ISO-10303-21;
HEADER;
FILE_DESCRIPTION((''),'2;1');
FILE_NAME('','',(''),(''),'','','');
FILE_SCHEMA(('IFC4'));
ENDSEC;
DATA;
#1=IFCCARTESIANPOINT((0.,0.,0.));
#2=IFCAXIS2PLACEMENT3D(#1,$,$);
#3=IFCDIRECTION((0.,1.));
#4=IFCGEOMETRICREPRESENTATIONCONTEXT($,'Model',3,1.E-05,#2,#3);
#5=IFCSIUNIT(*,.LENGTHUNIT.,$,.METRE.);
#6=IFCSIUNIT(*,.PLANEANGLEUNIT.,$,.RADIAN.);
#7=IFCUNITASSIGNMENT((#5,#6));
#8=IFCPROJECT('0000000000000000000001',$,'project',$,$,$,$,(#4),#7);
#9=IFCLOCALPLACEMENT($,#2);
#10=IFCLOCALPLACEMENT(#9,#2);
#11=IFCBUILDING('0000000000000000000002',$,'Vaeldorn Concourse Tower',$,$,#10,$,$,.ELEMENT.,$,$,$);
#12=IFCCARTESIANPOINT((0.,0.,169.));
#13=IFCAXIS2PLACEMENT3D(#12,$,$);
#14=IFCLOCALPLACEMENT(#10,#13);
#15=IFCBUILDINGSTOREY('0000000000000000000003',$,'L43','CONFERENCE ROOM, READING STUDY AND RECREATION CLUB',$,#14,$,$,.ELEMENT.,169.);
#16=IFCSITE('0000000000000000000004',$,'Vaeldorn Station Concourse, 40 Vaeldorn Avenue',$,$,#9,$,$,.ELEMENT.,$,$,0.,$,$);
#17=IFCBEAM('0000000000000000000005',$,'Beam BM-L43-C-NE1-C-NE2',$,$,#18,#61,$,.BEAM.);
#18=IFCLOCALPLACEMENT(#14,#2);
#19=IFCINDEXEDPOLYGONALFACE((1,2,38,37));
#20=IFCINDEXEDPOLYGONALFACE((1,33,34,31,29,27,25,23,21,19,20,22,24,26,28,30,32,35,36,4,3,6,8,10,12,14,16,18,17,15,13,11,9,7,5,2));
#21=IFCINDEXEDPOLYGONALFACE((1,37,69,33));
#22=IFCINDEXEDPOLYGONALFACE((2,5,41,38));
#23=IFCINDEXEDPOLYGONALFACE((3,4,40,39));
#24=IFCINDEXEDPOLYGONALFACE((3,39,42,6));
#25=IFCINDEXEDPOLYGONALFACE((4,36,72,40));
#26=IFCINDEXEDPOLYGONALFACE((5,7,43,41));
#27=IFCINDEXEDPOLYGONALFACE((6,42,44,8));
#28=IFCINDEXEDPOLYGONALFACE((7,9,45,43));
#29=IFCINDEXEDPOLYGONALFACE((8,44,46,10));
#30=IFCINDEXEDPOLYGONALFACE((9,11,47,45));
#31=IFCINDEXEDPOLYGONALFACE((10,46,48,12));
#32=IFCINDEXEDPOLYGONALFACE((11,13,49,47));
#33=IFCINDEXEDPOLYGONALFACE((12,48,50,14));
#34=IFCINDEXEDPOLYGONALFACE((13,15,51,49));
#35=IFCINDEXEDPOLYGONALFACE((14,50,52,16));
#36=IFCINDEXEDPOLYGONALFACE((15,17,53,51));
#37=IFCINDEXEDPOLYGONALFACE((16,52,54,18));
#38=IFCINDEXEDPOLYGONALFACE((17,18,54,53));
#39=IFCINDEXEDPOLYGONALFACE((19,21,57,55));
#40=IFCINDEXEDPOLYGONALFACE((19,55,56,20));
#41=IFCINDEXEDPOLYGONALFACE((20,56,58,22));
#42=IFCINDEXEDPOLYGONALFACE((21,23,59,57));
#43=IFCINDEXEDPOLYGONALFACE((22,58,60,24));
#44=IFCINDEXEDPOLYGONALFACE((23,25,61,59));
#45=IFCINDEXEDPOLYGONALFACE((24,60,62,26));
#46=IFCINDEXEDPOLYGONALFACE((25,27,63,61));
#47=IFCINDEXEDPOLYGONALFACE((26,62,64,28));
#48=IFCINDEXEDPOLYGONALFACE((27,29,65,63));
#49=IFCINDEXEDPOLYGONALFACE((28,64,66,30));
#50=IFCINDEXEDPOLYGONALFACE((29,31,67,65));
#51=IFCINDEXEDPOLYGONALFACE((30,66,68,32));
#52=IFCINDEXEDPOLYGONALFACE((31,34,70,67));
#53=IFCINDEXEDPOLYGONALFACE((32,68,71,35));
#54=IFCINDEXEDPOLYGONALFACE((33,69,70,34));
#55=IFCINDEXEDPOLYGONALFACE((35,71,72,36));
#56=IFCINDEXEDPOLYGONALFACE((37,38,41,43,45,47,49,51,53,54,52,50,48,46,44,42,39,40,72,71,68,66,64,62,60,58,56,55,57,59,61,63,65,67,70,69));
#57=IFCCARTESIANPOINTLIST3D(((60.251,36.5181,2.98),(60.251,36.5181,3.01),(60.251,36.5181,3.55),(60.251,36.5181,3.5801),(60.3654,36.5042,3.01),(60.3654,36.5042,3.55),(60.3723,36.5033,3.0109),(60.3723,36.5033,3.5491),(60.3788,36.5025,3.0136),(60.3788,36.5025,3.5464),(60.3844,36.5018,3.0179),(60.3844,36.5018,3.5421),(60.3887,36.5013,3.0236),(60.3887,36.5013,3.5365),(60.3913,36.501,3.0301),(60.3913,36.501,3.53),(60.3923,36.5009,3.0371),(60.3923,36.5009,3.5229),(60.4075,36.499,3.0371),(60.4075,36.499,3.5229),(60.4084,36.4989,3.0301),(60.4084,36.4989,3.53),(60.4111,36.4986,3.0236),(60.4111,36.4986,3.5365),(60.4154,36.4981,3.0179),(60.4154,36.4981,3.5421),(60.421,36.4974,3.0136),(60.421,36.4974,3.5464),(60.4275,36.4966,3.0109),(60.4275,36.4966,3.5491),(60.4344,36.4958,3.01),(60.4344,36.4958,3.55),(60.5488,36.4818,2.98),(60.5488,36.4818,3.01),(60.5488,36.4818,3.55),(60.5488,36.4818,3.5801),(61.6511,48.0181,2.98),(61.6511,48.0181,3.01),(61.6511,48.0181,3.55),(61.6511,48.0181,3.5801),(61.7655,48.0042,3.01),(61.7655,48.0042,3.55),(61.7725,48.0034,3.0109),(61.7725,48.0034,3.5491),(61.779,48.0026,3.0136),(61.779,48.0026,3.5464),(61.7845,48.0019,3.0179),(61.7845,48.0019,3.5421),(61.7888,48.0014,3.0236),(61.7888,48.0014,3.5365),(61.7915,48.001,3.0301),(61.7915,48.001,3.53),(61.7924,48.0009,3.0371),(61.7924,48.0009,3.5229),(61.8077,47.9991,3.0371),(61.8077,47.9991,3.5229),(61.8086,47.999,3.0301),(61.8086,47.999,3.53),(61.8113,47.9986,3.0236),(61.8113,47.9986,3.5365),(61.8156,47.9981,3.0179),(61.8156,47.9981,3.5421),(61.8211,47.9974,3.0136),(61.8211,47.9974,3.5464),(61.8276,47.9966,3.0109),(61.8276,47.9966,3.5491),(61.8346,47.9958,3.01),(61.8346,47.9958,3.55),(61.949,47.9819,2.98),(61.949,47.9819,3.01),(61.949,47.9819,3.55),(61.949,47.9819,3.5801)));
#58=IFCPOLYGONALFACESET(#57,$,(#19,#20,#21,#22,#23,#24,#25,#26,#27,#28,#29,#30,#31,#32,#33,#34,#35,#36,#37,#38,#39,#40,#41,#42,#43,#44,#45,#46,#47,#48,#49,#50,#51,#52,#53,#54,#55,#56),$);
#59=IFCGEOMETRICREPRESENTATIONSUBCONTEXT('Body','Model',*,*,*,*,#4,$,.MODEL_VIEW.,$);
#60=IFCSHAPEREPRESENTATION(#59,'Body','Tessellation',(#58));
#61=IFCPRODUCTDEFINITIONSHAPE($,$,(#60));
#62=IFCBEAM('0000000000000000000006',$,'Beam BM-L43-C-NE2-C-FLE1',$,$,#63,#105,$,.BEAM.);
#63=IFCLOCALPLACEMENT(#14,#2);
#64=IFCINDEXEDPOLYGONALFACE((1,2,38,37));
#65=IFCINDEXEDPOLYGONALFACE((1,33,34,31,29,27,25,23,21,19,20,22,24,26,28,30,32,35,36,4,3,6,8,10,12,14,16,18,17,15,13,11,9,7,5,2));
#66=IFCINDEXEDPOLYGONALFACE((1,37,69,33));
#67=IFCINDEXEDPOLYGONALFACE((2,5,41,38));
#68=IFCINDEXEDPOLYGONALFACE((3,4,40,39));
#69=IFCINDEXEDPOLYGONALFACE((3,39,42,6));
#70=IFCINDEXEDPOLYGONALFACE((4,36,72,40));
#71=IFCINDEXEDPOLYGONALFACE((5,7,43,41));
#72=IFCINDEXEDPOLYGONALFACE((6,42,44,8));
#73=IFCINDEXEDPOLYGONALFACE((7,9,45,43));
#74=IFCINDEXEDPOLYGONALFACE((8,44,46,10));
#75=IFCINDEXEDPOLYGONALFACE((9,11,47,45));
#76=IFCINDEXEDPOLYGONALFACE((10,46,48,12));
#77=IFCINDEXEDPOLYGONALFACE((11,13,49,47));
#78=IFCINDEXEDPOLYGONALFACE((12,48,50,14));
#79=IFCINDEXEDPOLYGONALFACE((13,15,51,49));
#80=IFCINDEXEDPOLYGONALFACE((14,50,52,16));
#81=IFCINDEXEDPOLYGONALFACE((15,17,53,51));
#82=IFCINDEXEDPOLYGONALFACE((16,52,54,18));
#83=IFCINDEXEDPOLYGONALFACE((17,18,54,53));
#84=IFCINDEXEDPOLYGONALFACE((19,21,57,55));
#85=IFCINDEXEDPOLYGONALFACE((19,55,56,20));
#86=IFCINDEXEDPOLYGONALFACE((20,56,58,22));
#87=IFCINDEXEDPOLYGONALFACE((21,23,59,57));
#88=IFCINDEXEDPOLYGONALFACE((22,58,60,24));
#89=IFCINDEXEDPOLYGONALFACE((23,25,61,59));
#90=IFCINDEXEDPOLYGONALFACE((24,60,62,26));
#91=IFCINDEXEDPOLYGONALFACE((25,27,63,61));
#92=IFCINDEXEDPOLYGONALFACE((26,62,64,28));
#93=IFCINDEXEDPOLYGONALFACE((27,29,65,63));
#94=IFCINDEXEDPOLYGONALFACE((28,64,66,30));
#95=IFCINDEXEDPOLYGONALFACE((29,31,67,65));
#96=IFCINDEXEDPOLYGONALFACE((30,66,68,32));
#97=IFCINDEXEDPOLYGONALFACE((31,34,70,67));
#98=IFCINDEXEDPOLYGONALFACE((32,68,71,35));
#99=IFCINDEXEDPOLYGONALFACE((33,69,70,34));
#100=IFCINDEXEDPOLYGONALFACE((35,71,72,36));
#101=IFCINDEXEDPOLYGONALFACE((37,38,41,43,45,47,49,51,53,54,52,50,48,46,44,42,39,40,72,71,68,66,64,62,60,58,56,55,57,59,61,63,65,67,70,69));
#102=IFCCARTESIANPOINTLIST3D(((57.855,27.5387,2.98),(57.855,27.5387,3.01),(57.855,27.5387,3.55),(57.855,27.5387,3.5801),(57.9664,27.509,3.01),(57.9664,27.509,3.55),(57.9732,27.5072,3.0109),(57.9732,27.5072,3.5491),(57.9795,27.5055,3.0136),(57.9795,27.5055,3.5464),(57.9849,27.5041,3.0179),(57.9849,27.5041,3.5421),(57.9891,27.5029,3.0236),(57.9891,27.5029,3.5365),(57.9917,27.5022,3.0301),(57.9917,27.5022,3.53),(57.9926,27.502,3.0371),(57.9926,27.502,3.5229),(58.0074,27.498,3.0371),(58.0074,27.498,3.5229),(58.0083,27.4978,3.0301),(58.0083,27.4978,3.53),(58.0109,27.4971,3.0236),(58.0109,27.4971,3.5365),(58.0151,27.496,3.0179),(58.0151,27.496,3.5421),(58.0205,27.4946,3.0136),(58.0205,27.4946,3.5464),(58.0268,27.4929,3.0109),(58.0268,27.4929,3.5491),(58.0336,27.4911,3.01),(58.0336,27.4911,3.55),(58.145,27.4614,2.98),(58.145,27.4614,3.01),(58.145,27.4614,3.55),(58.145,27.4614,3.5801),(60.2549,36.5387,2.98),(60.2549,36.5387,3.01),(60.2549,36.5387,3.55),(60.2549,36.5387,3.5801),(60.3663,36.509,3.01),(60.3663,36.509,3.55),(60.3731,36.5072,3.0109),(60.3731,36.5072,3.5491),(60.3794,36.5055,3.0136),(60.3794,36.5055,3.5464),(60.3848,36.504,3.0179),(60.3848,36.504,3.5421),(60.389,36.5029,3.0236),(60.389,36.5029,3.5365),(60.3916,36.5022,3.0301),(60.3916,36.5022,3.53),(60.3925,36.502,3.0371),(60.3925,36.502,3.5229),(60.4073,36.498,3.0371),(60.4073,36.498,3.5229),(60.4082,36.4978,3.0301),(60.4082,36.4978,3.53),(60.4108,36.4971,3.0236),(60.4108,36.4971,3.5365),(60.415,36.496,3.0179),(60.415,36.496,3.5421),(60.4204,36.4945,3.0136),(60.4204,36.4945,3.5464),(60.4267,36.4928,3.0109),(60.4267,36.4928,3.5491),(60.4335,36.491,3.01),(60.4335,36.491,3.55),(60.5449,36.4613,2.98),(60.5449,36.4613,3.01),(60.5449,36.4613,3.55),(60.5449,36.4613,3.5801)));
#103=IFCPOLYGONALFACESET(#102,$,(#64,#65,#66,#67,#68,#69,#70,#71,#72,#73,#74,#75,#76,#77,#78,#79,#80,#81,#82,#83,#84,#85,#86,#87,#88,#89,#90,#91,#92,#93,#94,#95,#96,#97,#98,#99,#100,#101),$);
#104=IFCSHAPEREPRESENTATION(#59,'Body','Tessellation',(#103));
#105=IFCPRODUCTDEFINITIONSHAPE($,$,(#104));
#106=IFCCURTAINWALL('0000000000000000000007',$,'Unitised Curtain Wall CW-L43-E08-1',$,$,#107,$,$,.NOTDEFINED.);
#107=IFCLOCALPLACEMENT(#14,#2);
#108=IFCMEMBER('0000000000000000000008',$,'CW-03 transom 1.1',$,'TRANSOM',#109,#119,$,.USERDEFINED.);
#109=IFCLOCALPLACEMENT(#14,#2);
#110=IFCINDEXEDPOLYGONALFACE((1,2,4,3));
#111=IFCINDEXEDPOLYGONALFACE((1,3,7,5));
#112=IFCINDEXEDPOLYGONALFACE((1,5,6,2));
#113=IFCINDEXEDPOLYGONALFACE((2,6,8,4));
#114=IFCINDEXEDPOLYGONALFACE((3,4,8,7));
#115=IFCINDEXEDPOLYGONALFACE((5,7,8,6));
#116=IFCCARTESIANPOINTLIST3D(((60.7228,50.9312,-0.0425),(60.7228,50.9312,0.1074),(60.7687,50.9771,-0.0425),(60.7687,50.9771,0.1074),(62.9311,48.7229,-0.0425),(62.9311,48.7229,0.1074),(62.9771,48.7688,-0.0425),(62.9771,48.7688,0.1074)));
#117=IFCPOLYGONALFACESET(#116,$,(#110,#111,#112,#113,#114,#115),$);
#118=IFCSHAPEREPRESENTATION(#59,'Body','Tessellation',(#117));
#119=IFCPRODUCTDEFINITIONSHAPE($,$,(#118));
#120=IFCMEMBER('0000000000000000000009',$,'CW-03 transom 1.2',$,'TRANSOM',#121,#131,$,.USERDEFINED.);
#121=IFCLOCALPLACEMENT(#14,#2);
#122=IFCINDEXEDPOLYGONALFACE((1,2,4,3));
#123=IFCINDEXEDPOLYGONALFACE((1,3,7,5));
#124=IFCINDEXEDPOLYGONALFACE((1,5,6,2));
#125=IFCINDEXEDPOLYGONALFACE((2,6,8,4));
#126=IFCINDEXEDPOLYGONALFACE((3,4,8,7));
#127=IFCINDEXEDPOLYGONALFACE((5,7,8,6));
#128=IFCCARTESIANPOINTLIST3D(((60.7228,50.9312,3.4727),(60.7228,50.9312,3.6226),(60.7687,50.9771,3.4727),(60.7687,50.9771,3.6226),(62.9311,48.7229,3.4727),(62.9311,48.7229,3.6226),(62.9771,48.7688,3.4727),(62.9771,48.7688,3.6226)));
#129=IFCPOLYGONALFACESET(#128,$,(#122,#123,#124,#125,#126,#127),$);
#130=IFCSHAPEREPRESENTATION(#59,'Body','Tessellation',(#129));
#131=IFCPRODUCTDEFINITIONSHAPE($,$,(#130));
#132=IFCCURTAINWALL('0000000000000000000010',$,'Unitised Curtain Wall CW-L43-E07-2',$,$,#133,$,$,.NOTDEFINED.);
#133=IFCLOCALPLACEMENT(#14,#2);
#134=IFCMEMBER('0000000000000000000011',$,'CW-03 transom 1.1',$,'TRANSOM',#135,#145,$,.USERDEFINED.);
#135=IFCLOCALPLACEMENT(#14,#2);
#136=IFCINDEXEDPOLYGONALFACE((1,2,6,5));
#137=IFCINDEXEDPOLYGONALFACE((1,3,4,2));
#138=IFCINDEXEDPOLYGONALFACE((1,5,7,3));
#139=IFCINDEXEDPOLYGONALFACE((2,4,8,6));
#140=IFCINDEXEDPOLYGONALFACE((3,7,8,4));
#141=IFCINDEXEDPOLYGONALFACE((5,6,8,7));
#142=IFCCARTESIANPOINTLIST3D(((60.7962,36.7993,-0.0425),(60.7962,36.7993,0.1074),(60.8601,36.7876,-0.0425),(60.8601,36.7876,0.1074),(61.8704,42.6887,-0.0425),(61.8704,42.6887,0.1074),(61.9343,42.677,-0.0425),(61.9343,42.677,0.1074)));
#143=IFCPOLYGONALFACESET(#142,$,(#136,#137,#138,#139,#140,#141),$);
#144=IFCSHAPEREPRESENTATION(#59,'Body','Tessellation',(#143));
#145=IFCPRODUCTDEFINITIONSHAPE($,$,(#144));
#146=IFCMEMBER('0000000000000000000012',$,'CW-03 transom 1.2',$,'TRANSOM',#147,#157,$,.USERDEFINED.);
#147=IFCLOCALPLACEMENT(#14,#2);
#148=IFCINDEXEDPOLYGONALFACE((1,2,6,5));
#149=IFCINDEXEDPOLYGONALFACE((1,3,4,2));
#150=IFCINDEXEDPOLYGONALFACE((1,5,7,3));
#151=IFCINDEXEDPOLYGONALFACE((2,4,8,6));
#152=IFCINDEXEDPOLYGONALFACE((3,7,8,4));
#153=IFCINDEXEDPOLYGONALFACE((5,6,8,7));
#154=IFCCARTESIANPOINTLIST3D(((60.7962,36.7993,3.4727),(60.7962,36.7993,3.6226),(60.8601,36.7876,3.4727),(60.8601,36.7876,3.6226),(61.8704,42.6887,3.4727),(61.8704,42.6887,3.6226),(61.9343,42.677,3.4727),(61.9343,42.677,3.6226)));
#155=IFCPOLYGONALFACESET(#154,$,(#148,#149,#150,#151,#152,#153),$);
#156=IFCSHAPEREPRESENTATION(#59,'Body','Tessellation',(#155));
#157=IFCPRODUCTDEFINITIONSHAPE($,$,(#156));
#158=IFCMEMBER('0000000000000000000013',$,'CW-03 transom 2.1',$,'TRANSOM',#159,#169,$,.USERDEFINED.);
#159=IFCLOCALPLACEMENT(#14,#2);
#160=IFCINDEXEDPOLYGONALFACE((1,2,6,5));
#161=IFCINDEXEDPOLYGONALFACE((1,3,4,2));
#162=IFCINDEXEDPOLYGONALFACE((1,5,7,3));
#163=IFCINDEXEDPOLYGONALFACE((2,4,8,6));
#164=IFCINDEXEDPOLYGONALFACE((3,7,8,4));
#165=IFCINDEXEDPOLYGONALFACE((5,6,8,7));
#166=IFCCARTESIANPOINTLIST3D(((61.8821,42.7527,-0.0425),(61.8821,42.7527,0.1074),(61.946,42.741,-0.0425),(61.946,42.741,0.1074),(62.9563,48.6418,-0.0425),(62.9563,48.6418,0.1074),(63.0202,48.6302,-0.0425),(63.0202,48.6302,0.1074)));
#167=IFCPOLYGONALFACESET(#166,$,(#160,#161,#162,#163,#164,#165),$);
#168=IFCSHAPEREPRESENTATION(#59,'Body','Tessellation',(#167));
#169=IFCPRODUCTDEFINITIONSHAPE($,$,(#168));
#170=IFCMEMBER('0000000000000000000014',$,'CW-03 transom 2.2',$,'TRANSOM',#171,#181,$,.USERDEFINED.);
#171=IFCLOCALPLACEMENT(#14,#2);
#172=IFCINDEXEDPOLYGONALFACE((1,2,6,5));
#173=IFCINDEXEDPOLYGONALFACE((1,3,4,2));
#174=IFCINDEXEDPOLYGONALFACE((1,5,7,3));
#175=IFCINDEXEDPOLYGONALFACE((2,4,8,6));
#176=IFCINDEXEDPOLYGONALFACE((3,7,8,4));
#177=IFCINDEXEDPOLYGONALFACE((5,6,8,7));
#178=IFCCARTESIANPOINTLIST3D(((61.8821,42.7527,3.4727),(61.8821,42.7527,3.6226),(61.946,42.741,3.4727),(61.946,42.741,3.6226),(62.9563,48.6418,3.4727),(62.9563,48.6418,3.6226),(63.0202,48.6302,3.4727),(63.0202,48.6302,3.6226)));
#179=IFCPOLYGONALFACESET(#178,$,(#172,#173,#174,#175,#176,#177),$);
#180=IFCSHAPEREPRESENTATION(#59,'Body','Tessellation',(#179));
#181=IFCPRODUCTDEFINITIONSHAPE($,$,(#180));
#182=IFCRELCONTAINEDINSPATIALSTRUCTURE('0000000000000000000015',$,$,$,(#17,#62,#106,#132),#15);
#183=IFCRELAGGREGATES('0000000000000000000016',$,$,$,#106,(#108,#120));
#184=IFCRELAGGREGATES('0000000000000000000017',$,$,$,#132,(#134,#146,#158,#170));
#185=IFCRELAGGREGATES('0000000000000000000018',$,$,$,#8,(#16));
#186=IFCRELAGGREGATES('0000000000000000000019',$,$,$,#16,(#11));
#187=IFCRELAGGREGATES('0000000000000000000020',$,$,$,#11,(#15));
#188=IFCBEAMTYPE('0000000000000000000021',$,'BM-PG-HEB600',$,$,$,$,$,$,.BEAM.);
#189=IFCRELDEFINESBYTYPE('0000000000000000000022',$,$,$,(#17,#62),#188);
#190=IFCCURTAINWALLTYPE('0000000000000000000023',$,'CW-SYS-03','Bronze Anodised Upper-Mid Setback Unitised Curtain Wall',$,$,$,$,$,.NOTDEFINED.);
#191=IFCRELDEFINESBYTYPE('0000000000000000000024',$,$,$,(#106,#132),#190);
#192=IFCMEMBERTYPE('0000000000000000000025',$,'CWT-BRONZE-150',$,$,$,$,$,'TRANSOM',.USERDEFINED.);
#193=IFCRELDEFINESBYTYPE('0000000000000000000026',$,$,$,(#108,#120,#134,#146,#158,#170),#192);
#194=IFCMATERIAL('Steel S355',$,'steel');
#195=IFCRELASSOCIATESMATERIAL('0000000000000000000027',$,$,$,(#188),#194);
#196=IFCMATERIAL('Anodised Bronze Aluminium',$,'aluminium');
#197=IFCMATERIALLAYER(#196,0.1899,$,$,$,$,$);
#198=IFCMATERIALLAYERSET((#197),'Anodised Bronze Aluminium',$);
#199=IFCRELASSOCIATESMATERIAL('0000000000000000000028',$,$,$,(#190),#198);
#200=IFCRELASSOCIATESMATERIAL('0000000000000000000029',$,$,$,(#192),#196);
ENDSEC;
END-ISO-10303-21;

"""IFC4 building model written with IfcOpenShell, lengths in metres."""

from ifc_helpers import new_model, si_unit, direction, frame, origin, origin_2d, place, context, subcontext, project, spatial, rectangle, i_section, extrude, source, transform, mapped, material, layer, layer_set, material_profile, profile_set, type_object, element, aggregate, save


model = new_model("IFC4")

# Units and contexts
model_context = context("Model", 3, precision=1e-05, world=origin(), true_north=direction((0.0, 1.0)))
body_context = subcontext(model_context, "Body", "Model", "MODEL_VIEW")
ifc_project = project(units=[si_unit("LENGTHUNIT", "METRE"), si_unit("PLANEANGLEUNIT", "RADIAN")], contexts=[model_context])

# Site, building, storey
site_placement = place(None, origin())
site = spatial("IfcSite", under=ifc_project, at=site_placement, Name="Vaeldorn Station Concourse, 40 Vaeldorn Avenue", CompositionType="ELEMENT", RefElevation=0.0)
building_placement = place(site_placement, origin())
building = spatial("IfcBuilding", under=site, at=building_placement, Name="Vaeldorn Concourse Tower", CompositionType="ELEMENT")
storey_placement = place(building_placement, frame((0.0, 0.0, 169.0)))
storey = spatial("IfcBuildingStorey", under=building, at=storey_placement, Name="L43", Description="CONFERENCE ROOM, READING STUDY AND RECREATION CLUB", CompositionType="ELEMENT", Elevation=169.0)

# Beams
ifc_material_1 = material(Name="Steel S355", Category="steel")
ifc_material_profile_1 = material_profile(ifc_material_1, i_section(OverallWidth=0.3, OverallDepth=0.6001, WebThickness=0.0154, FlangeThickness=0.03, FilletRadius=0.0271, at=origin_2d()), Name="HEB 600")
ifc_profile_set_1 = profile_set([ifc_material_profile_1], Name="Steel S355")
beam_type = type_object("IfcBeamType", Name="BM-PG-HEB600", PredefinedType="BEAM", material=ifc_profile_set_1)
shared_shape_1 = source(origin(), body_context, "Body", "SweptSolid", [
    extrude(i_section(OverallWidth=0.3, OverallDepth=0.6001, WebThickness=0.0154, FlangeThickness=0.03, FilletRadius=0.0271, at=origin_2d()), origin(), (0.0, 0.0, 1.0), 11.585),
])
beam_1_placement = place(storey_placement, frame((61.8, 48.0, 3.28), z_axis=(-0.120859, -0.99267, 0.0), x_axis=(0.99267, -0.120859, 0.0)))
element("IfcBeam", 1, at=beam_1_placement, inside=storey, type_object=beam_type, Name="Beam BM-L43-C-NE1-C-NE2", PredefinedType="BEAM", context=body_context, shape_type="MappedRepresentation", body=[
    mapped(shared_shape_1, transform((0.0, 0.0, 0.0), scale=1.0)),
])
shared_shape_2 = source(origin(), body_context, "Body", "SweptSolid", [
    extrude(i_section(OverallWidth=0.3, OverallDepth=0.6001, WebThickness=0.0154, FlangeThickness=0.03, FilletRadius=0.0271, at=origin_2d()), origin(), (0.0, 0.0, 1.0), 9.3145),
])
beam_2_placement = place(storey_placement, frame((60.3999, 36.5, 3.28), z_axis=(-0.257653, -0.966238, 0.0), x_axis=(0.966238, -0.257653, 0.0)))
element("IfcBeam", 2, at=beam_2_placement, inside=storey, type_object=beam_type, Name="Beam BM-L43-C-NE2-C-FLE1", PredefinedType="BEAM", context=body_context, shape_type="MappedRepresentation", body=[
    mapped(shared_shape_2, transform((0.0, 0.0, 0.0), scale=1.0)),
])

# Curtain walls, members
ifc_material_2 = material(Name="Anodised Bronze Aluminium", Category="aluminium")
ifc_layer_1 = layer(ifc_material_2, 0.1899)
ifc_layer_set_1 = layer_set([ifc_layer_1], Name="Anodised Bronze Aluminium")
curtain_wall_type = type_object("IfcCurtainWallType", Name="CW-SYS-03", Description="Bronze Anodised Upper-Mid Setback Unitised Curtain Wall", PredefinedType="NOTDEFINED", material=ifc_layer_set_1)
curtain_wall_1_placement = place(storey_placement, origin())
curtain_wall_1 = element("IfcCurtainWall", 3, at=curtain_wall_1_placement, inside=storey, type_object=curtain_wall_type, Name="Unitised Curtain Wall CW-L43-E08-1", PredefinedType="NOTDEFINED")
ifc_material_profile_2 = material_profile(ifc_material_2, rectangle(XDim=0.0649, YDim=0.1499, at=origin_2d()), Name="CWT 65x150")
ifc_profile_set_2 = profile_set([ifc_material_profile_2], Name="Anodised Bronze Aluminium")
member_type_1 = type_object("IfcMemberType", Name="CWT-BRONZE-150", ElementType="TRANSOM", PredefinedType="USERDEFINED", material=ifc_profile_set_2)
shared_shape_3 = source(origin(), body_context, "Body", "SweptSolid", [
    extrude(rectangle(XDim=0.0649, YDim=0.1499, at=origin_2d()), origin(), (0.0, 0.0, 1.0), 3.123),
])
member_1_placement = place(storey_placement, frame((62.9541, 48.7458, 0.0325), z_axis=(-0.707107, 0.707107, 0.0), x_axis=(-0.707107, -0.707107, 0.0)))
member_1 = element("IfcMember", 4, at=member_1_placement, type_object=member_type_1, Name="CW-03 transom 1.1", ObjectType="TRANSOM", PredefinedType="USERDEFINED", context=body_context, shape_type="MappedRepresentation", body=[
    mapped(shared_shape_3, transform((0.0, 0.0, 0.0), scale=1.0)),
])
member_2_placement = place(storey_placement, frame((62.9541, 48.7458, 3.5476), z_axis=(-0.707107, 0.707107, 0.0), x_axis=(-0.707107, -0.707107, 0.0)))
member_2 = element("IfcMember", 5, at=member_2_placement, type_object=member_type_1, Name="CW-03 transom 1.2", ObjectType="TRANSOM", PredefinedType="USERDEFINED", context=body_context, shape_type="MappedRepresentation", body=[
    mapped(shared_shape_3, transform((0.0, 0.0, 0.0), scale=1.0)),
])
curtain_wall_2_placement = place(storey_placement, origin())
curtain_wall_2 = element("IfcCurtainWall", 6, at=curtain_wall_2_placement, inside=storey, type_object=curtain_wall_type, Name="Unitised Curtain Wall CW-L43-E07-2", PredefinedType="NOTDEFINED")
shared_shape_4 = source(origin(), body_context, "Body", "SweptSolid", [
    extrude(rectangle(XDim=0.0649, YDim=0.1499, at=origin_2d()), origin(), (0.0, 0.0, 1.0), 5.9866),
])
member_3_placement = place(storey_placement, frame((60.8281, 36.7935, 0.0325), z_axis=(0.179438, 0.983769, 0.0), x_axis=(-0.983769, 0.179438, 0.0)))
member_3 = element("IfcMember", 7, at=member_3_placement, type_object=member_type_1, Name="CW-03 transom 1.1", ObjectType="TRANSOM", PredefinedType="USERDEFINED", context=body_context, shape_type="MappedRepresentation", body=[
    mapped(shared_shape_4, transform((0.0, 0.0, 0.0), scale=1.0)),
])
member_4_placement = place(storey_placement, frame((60.8281, 36.7935, 3.5476), z_axis=(0.179438, 0.983769, 0.0), x_axis=(-0.983769, 0.179438, 0.0)))
member_4 = element("IfcMember", 8, at=member_4_placement, type_object=member_type_1, Name="CW-03 transom 1.2", ObjectType="TRANSOM", PredefinedType="USERDEFINED", context=body_context, shape_type="MappedRepresentation", body=[
    mapped(shared_shape_4, transform((0.0, 0.0, 0.0), scale=1.0)),
])
shared_shape_5 = source(origin(), body_context, "Body", "SweptSolid", [
    extrude(rectangle(XDim=0.0649, YDim=0.1499, at=origin_2d()), origin(), (0.0, 0.0, 1.0), 5.9863),
])
member_5_placement = place(storey_placement, frame((61.9141, 42.7468, 0.0325), z_axis=(0.179445, 0.983768, 0.0), x_axis=(-0.983768, 0.179445, 0.0)))
member_5 = element("IfcMember", 9, at=member_5_placement, type_object=member_type_1, Name="CW-03 transom 2.1", ObjectType="TRANSOM", PredefinedType="USERDEFINED", context=body_context, shape_type="MappedRepresentation", body=[
    mapped(shared_shape_5, transform((0.0, 0.0, 0.0), scale=1.0)),
])
member_6_placement = place(storey_placement, frame((61.9141, 42.7468, 3.5476), z_axis=(0.179445, 0.983768, 0.0), x_axis=(-0.983768, 0.179445, 0.0)))
member_6 = element("IfcMember", 10, at=member_6_placement, type_object=member_type_1, Name="CW-03 transom 2.2", ObjectType="TRANSOM", PredefinedType="USERDEFINED", context=body_context, shape_type="MappedRepresentation", body=[
    mapped(shared_shape_5, transform((0.0, 0.0, 0.0), scale=1.0)),
])

aggregate(curtain_wall_1, [member_1, member_2])
aggregate(curtain_wall_2, [member_3, member_4, member_5, member_6])

save(model, "model.ifc")
